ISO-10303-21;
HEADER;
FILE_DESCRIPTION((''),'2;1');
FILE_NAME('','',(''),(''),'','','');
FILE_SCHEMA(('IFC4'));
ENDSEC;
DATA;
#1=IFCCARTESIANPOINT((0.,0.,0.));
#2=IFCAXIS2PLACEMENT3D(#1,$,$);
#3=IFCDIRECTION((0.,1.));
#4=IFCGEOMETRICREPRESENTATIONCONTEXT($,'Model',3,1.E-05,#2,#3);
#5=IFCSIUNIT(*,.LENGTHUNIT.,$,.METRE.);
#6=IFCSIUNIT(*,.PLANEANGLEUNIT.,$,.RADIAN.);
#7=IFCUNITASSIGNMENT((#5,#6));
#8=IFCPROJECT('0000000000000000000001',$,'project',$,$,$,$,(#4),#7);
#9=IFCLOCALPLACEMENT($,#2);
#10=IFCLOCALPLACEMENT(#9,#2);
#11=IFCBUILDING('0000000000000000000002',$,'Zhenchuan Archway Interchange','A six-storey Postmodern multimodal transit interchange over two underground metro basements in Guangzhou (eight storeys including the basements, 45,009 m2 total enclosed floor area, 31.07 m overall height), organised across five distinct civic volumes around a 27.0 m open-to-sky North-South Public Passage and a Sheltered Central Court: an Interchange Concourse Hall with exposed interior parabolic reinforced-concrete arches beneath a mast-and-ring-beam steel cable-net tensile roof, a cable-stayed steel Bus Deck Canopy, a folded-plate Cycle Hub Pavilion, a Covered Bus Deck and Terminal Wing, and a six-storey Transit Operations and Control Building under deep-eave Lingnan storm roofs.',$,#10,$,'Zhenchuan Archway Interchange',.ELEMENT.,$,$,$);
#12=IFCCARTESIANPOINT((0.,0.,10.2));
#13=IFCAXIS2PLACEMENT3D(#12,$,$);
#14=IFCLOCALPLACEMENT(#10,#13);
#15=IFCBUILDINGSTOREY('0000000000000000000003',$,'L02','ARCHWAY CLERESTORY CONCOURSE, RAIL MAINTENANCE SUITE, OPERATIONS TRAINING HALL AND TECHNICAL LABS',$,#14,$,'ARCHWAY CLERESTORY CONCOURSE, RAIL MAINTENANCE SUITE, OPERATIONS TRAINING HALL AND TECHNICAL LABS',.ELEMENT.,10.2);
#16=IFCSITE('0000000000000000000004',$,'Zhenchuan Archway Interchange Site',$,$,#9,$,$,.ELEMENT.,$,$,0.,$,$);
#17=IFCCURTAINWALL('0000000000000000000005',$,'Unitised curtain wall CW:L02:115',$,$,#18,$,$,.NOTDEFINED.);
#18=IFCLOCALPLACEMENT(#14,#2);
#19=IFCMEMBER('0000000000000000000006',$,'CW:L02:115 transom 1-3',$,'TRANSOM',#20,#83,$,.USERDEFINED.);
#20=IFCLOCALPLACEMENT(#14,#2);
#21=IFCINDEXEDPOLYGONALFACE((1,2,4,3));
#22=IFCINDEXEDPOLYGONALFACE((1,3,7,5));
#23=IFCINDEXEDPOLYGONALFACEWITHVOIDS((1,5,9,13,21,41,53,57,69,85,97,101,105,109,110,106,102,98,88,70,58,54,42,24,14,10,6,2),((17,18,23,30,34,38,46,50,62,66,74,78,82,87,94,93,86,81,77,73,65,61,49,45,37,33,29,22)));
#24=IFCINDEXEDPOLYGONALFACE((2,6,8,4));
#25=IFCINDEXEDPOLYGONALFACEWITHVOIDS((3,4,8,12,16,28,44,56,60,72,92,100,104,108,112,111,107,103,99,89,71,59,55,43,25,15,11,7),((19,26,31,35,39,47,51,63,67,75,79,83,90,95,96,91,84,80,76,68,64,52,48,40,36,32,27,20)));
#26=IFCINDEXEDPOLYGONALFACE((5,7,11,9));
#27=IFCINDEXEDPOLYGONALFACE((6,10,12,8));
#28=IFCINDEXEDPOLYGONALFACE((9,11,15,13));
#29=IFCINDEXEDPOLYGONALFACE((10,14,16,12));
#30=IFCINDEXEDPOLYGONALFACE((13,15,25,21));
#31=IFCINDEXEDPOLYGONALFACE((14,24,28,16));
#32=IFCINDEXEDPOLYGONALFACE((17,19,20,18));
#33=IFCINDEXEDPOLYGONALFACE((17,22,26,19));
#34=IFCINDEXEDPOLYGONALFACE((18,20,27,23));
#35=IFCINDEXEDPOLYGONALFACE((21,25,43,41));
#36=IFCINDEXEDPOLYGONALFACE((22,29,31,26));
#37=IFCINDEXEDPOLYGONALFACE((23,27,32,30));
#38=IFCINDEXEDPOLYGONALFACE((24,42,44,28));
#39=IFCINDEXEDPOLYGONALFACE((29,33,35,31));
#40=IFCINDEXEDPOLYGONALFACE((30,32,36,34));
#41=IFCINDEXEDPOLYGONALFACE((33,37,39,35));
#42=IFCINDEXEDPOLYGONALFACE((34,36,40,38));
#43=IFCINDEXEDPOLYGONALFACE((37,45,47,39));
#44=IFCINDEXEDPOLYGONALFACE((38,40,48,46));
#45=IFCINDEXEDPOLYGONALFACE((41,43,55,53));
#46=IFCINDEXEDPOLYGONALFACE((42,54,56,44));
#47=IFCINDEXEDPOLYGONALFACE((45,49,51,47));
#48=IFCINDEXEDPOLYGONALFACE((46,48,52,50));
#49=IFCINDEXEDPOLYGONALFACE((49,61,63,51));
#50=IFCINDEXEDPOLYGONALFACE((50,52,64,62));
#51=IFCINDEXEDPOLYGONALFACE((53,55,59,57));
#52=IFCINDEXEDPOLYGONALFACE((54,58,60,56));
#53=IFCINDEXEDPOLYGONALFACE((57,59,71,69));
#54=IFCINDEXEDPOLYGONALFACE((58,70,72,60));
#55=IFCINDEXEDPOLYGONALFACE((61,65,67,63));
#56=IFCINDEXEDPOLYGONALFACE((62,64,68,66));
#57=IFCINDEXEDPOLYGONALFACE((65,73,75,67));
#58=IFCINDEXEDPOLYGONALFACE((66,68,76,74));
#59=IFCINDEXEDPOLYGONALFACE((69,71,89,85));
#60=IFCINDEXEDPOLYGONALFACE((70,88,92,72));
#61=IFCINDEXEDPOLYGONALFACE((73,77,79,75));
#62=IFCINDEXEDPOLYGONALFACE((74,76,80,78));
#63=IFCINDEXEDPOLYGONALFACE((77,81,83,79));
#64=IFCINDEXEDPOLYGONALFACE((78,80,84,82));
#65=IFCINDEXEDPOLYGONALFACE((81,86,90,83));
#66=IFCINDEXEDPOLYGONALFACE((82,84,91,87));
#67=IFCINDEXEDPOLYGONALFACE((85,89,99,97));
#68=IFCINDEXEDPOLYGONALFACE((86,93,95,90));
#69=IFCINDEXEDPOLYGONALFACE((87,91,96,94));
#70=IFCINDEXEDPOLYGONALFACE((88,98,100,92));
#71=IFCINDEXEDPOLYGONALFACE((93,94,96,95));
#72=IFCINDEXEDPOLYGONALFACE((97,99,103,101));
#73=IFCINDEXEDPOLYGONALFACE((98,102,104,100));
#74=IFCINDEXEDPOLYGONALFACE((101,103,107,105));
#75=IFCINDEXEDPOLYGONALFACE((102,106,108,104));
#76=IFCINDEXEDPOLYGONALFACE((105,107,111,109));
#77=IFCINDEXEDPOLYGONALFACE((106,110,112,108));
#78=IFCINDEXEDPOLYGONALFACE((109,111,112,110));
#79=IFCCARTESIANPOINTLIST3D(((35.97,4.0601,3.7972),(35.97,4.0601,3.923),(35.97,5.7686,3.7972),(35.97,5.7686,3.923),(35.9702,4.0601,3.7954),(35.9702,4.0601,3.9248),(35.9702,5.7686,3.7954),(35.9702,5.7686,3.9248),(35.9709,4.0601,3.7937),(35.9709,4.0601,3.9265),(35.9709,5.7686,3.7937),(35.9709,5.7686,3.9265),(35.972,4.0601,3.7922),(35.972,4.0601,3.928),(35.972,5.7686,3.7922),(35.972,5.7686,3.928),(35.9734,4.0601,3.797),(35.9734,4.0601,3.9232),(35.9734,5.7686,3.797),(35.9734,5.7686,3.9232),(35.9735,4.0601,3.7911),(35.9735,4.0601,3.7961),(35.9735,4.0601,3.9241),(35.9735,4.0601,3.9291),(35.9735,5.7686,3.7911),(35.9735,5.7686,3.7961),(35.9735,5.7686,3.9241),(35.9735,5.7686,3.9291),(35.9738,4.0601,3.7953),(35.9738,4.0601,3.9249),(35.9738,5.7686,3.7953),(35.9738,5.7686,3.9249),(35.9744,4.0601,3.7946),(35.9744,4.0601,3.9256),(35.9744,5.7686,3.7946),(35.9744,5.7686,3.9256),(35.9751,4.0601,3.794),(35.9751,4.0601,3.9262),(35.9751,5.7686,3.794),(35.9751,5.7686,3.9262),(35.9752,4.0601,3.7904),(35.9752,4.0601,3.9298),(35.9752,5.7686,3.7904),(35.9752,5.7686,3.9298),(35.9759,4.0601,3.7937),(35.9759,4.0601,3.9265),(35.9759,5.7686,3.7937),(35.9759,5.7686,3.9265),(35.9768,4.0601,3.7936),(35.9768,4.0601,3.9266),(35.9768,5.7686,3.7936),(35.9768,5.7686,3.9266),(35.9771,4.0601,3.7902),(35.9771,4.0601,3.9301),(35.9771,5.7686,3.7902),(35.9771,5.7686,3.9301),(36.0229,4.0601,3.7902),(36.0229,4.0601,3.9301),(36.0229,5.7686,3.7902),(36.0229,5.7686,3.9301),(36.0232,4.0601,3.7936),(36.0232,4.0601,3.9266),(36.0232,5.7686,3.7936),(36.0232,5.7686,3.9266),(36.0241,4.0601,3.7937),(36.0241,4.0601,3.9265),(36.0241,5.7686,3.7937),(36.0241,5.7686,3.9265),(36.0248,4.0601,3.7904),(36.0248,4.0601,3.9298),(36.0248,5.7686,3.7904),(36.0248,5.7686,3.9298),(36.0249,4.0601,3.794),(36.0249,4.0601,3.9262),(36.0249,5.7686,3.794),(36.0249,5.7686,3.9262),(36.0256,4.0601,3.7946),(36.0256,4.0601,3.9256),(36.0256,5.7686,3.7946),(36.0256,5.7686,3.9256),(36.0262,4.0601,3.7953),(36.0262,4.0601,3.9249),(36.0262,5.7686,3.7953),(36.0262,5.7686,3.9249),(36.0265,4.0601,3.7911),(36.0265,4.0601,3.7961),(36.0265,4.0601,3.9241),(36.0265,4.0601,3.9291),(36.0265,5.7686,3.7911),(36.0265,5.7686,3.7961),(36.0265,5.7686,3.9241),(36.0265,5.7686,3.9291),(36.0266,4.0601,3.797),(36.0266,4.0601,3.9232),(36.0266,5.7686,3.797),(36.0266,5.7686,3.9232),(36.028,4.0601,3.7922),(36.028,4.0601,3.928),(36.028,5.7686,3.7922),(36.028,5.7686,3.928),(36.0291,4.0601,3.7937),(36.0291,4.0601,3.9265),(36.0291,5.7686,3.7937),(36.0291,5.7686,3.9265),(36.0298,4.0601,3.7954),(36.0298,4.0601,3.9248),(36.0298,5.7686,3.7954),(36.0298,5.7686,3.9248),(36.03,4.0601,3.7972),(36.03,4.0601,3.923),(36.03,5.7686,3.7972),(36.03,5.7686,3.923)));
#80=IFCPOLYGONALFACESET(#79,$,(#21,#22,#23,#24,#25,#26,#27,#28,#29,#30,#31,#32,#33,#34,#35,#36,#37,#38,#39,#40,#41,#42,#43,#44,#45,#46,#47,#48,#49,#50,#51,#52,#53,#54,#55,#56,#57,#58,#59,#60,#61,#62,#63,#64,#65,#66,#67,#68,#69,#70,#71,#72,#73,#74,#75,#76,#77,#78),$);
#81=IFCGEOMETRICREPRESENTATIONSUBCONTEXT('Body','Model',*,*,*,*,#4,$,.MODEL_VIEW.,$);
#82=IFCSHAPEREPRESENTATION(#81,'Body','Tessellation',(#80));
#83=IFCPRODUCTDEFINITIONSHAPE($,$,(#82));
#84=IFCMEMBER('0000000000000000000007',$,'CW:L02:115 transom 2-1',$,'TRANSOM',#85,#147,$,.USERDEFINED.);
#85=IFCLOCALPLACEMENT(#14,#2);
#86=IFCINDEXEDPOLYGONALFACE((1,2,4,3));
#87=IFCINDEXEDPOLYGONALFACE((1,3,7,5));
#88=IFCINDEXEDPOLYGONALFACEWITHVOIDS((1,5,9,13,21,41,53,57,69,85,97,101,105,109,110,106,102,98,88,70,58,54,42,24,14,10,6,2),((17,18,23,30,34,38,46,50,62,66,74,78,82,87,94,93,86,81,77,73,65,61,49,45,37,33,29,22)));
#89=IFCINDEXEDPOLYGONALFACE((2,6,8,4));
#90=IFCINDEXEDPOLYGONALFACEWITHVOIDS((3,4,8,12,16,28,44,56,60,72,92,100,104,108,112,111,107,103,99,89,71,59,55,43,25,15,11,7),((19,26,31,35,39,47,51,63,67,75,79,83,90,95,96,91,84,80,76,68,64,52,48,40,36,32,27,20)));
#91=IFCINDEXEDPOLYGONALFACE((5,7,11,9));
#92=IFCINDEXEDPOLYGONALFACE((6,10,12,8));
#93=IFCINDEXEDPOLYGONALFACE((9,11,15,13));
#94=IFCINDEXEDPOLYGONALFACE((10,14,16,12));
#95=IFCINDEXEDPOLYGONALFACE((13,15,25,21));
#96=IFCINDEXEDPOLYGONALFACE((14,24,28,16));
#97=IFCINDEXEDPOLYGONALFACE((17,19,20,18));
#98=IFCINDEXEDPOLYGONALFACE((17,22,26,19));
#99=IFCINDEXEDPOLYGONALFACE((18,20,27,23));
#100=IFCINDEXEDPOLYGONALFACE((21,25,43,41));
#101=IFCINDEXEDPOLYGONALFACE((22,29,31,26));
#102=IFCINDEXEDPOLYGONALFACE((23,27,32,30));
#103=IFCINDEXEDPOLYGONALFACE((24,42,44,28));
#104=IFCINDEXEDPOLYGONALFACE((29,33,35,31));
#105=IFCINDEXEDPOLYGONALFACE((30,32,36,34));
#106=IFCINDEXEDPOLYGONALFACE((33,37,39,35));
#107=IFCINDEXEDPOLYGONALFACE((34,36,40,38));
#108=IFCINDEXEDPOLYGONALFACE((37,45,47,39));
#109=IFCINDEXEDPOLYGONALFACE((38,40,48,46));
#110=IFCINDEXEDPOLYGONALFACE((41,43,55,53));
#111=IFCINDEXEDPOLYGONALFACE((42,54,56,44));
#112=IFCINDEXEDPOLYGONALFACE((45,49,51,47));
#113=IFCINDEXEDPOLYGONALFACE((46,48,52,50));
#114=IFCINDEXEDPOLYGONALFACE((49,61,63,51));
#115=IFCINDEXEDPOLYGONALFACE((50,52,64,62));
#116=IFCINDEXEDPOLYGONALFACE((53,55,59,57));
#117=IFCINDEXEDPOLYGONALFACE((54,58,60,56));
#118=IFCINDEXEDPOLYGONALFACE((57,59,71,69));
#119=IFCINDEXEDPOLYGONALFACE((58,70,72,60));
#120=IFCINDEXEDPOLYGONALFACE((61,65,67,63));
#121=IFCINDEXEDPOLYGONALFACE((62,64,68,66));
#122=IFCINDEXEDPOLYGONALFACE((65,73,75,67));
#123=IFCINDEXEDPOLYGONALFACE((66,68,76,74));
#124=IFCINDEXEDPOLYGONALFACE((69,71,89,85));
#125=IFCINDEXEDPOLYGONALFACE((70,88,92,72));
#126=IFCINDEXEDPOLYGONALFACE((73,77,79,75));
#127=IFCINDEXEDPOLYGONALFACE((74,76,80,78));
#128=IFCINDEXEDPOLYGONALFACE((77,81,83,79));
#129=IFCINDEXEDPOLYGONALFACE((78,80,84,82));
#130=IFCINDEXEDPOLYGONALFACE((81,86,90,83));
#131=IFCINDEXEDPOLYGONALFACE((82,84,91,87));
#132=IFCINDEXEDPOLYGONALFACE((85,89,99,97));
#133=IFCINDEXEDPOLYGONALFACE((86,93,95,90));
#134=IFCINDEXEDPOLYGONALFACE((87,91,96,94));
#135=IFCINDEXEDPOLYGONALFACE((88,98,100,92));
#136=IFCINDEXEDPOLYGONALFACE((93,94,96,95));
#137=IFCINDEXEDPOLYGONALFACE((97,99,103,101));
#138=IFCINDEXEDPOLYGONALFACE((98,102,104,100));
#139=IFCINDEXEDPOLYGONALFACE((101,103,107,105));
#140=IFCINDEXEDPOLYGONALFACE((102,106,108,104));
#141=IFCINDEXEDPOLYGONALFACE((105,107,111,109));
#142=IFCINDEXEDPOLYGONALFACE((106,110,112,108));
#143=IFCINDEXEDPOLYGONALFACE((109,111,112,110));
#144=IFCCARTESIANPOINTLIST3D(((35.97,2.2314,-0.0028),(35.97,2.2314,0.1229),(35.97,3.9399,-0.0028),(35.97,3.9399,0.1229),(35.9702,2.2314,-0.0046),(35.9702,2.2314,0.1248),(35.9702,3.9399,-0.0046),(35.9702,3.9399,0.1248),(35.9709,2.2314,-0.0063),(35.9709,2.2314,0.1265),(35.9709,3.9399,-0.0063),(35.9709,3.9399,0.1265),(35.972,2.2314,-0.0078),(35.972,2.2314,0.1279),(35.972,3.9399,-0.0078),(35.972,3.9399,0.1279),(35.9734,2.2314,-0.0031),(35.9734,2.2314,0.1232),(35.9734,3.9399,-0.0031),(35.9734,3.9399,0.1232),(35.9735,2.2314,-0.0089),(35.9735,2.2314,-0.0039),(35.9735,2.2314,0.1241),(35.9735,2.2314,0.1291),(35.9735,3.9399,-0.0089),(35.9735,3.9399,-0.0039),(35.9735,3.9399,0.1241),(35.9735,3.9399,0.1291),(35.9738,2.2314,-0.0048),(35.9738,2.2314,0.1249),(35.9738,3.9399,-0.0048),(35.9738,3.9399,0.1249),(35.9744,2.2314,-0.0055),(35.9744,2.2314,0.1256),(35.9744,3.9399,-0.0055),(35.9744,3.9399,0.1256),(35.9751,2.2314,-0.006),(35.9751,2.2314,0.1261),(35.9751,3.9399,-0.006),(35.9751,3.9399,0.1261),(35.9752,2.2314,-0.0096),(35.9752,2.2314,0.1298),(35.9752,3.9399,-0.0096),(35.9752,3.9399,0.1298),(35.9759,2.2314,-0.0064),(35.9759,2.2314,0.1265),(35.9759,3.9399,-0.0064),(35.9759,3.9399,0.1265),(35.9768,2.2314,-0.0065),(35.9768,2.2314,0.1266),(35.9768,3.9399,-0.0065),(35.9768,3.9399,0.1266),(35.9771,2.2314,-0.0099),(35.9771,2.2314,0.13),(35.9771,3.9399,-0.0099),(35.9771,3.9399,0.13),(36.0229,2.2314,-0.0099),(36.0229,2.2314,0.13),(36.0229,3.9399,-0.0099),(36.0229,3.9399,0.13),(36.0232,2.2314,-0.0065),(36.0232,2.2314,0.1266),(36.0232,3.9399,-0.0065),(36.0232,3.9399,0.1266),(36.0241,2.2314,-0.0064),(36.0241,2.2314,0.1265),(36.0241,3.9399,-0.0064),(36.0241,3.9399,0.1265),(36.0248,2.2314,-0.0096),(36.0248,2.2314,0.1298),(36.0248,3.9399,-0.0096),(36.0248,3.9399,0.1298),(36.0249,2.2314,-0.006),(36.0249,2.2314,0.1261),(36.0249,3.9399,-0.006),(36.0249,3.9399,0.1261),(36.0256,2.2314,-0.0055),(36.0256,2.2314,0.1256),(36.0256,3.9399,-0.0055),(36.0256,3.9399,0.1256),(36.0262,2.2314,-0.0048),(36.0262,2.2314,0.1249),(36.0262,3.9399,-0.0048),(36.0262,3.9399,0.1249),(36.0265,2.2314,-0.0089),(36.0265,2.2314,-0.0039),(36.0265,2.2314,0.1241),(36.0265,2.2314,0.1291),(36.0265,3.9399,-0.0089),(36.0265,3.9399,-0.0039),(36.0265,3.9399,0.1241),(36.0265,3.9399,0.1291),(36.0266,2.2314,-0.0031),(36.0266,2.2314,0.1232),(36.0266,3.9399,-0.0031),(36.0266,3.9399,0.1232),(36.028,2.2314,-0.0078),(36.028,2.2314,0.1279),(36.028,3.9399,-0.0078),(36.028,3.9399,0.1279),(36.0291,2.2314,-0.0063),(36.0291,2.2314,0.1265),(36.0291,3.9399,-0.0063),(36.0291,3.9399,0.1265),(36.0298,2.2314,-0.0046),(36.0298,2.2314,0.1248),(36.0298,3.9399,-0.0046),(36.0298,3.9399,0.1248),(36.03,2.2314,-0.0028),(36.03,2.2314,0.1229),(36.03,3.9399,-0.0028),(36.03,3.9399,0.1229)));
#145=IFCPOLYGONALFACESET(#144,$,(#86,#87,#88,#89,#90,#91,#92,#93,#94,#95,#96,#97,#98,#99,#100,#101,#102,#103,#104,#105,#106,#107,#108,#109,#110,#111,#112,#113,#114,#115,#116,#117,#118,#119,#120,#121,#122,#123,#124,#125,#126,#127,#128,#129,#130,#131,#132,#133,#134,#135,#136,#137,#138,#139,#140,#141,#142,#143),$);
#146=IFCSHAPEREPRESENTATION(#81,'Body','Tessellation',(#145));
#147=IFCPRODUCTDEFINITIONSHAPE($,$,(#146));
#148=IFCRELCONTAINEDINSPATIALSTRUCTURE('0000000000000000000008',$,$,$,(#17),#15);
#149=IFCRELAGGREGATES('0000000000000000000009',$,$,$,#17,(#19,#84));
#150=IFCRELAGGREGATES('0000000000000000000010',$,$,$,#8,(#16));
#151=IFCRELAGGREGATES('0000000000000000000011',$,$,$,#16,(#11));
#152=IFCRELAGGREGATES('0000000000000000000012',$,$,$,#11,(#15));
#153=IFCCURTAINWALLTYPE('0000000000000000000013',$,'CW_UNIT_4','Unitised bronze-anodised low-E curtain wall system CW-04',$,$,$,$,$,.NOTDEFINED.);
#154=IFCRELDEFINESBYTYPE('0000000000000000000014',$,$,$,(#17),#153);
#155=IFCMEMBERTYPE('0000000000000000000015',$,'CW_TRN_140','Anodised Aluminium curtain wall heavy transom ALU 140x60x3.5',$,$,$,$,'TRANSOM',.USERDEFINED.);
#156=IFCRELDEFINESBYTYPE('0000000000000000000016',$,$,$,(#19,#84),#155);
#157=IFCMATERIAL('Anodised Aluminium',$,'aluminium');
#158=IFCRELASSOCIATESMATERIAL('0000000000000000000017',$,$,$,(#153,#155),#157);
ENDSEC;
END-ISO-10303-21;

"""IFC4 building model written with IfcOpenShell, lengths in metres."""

from ifc_helpers import new_model, si_unit, direction, frame, origin, origin_2d, place, context, subcontext, project, spatial, hollow_rectangle, extrude, material, material_profile, profile_set, type_object, element, aggregate, save


model = new_model("IFC4")

# Units and contexts
model_context = context("Model", 3, precision=1e-05, world=origin(), true_north=direction((0.0, 1.0)))
body_context = subcontext(model_context, "Body", "Model", "MODEL_VIEW")
ifc_project = project(units=[si_unit("LENGTHUNIT", "METRE"), si_unit("PLANEANGLEUNIT", "RADIAN")], contexts=[model_context])

# Site, building, storey
site_placement = place(None, origin())
site = spatial("IfcSite", under=ifc_project, at=site_placement, Name="Zhenchuan Archway Interchange Site", CompositionType="ELEMENT", RefElevation=0.0)
building_placement = place(site_placement, origin())
building = spatial("IfcBuilding", under=site, at=building_placement, Name="Zhenchuan Archway Interchange", Description="A six-storey Postmodern multimodal transit interchange over two underground metro basements in Guangzhou (eight storeys including the basements, 45,009 m2 total enclosed floor area, 31.07 m overall height), organised across five distinct civic volumes around a 27.0 m open-to-sky North-South Public Passage and a Sheltered Central Court: an Interchange Concourse Hall with exposed interior parabolic reinforced-concrete arches beneath a mast-and-ring-beam steel cable-net tensile roof, a cable-stayed steel Bus Deck Canopy, a folded-plate Cycle Hub Pavilion, a Covered Bus Deck and Terminal Wing, and a six-storey Transit Operations and Control Building under deep-eave Lingnan storm roofs.", LongName="Zhenchuan Archway Interchange", CompositionType="ELEMENT")
storey_placement = place(building_placement, frame((0.0, 0.0, 10.2)))
storey = spatial("IfcBuildingStorey", under=building, at=storey_placement, Name="L02", Description="ARCHWAY CLERESTORY CONCOURSE, RAIL MAINTENANCE SUITE, OPERATIONS TRAINING HALL AND TECHNICAL LABS", LongName="ARCHWAY CLERESTORY CONCOURSE, RAIL MAINTENANCE SUITE, OPERATIONS TRAINING HALL AND TECHNICAL LABS", CompositionType="ELEMENT", Elevation=10.2)

# Curtain wall, members
ifc_material_1 = material(Name="Anodised Aluminium", Category="aluminium")
curtain_wall_type = type_object("IfcCurtainWallType", Name="CW_UNIT_4", Description="Unitised bronze-anodised low-E curtain wall system CW-04", PredefinedType="NOTDEFINED", material=ifc_material_1)
curtain_wall_placement = place(storey_placement, origin())
curtain_wall = element("IfcCurtainWall", 1, at=curtain_wall_placement, inside=storey, type_object=curtain_wall_type, Name="Unitised curtain wall CW:L02:115", PredefinedType="NOTDEFINED")
ifc_material_profile_1 = material_profile(ifc_material_1, hollow_rectangle(XDim=0.0601, YDim=0.1399, WallThickness=0.0034, InnerFilletRadius=0.0034, OuterFilletRadius=0.0071, at=origin_2d()), Name="ALU 140x60x3.5")
ifc_profile_set_1 = profile_set([ifc_material_profile_1], Name="Anodised Aluminium")
member_type_1 = type_object("IfcMemberType", Name="CW_TRN_140", Description="Anodised Aluminium curtain wall heavy transom ALU 140x60x3.5", ElementType="TRANSOM", PredefinedType="USERDEFINED", material=ifc_profile_set_1)
member_1_placement = place(storey_placement, frame((36.0, 5.7686, 3.8601), z_axis=(0.0, -1.0, 0.0), x_axis=(1.0, 0.0, 0.0)))
member_1 = element("IfcMember", 2, at=member_1_placement, type_object=member_type_1, Name="CW:L02:115 transom 1-3", ObjectType="TRANSOM", PredefinedType="USERDEFINED", context=body_context, shape_type="SweptSolid", body=[
    extrude(hollow_rectangle(XDim=0.0601, YDim=0.1399, WallThickness=0.0034, InnerFilletRadius=0.0034, OuterFilletRadius=0.0071, at=origin_2d()), origin(), (0.0, 0.0, 1.0), 1.7085),
])
member_2_placement = place(storey_placement, frame((36.0, 3.9399, 0.0601), z_axis=(0.0, -1.0, 0.0), x_axis=(1.0, 0.0, 0.0)))
member_2 = element("IfcMember", 3, at=member_2_placement, type_object=member_type_1, Name="CW:L02:115 transom 2-1", ObjectType="TRANSOM", PredefinedType="USERDEFINED", context=body_context, shape_type="SweptSolid", body=[
    extrude(hollow_rectangle(XDim=0.0601, YDim=0.1399, WallThickness=0.0034, InnerFilletRadius=0.0034, OuterFilletRadius=0.0071, at=origin_2d()), origin(), (0.0, 0.0, 1.0), 1.7085),
])

aggregate(curtain_wall, [member_1, member_2])

save(model, "model.ifc")
